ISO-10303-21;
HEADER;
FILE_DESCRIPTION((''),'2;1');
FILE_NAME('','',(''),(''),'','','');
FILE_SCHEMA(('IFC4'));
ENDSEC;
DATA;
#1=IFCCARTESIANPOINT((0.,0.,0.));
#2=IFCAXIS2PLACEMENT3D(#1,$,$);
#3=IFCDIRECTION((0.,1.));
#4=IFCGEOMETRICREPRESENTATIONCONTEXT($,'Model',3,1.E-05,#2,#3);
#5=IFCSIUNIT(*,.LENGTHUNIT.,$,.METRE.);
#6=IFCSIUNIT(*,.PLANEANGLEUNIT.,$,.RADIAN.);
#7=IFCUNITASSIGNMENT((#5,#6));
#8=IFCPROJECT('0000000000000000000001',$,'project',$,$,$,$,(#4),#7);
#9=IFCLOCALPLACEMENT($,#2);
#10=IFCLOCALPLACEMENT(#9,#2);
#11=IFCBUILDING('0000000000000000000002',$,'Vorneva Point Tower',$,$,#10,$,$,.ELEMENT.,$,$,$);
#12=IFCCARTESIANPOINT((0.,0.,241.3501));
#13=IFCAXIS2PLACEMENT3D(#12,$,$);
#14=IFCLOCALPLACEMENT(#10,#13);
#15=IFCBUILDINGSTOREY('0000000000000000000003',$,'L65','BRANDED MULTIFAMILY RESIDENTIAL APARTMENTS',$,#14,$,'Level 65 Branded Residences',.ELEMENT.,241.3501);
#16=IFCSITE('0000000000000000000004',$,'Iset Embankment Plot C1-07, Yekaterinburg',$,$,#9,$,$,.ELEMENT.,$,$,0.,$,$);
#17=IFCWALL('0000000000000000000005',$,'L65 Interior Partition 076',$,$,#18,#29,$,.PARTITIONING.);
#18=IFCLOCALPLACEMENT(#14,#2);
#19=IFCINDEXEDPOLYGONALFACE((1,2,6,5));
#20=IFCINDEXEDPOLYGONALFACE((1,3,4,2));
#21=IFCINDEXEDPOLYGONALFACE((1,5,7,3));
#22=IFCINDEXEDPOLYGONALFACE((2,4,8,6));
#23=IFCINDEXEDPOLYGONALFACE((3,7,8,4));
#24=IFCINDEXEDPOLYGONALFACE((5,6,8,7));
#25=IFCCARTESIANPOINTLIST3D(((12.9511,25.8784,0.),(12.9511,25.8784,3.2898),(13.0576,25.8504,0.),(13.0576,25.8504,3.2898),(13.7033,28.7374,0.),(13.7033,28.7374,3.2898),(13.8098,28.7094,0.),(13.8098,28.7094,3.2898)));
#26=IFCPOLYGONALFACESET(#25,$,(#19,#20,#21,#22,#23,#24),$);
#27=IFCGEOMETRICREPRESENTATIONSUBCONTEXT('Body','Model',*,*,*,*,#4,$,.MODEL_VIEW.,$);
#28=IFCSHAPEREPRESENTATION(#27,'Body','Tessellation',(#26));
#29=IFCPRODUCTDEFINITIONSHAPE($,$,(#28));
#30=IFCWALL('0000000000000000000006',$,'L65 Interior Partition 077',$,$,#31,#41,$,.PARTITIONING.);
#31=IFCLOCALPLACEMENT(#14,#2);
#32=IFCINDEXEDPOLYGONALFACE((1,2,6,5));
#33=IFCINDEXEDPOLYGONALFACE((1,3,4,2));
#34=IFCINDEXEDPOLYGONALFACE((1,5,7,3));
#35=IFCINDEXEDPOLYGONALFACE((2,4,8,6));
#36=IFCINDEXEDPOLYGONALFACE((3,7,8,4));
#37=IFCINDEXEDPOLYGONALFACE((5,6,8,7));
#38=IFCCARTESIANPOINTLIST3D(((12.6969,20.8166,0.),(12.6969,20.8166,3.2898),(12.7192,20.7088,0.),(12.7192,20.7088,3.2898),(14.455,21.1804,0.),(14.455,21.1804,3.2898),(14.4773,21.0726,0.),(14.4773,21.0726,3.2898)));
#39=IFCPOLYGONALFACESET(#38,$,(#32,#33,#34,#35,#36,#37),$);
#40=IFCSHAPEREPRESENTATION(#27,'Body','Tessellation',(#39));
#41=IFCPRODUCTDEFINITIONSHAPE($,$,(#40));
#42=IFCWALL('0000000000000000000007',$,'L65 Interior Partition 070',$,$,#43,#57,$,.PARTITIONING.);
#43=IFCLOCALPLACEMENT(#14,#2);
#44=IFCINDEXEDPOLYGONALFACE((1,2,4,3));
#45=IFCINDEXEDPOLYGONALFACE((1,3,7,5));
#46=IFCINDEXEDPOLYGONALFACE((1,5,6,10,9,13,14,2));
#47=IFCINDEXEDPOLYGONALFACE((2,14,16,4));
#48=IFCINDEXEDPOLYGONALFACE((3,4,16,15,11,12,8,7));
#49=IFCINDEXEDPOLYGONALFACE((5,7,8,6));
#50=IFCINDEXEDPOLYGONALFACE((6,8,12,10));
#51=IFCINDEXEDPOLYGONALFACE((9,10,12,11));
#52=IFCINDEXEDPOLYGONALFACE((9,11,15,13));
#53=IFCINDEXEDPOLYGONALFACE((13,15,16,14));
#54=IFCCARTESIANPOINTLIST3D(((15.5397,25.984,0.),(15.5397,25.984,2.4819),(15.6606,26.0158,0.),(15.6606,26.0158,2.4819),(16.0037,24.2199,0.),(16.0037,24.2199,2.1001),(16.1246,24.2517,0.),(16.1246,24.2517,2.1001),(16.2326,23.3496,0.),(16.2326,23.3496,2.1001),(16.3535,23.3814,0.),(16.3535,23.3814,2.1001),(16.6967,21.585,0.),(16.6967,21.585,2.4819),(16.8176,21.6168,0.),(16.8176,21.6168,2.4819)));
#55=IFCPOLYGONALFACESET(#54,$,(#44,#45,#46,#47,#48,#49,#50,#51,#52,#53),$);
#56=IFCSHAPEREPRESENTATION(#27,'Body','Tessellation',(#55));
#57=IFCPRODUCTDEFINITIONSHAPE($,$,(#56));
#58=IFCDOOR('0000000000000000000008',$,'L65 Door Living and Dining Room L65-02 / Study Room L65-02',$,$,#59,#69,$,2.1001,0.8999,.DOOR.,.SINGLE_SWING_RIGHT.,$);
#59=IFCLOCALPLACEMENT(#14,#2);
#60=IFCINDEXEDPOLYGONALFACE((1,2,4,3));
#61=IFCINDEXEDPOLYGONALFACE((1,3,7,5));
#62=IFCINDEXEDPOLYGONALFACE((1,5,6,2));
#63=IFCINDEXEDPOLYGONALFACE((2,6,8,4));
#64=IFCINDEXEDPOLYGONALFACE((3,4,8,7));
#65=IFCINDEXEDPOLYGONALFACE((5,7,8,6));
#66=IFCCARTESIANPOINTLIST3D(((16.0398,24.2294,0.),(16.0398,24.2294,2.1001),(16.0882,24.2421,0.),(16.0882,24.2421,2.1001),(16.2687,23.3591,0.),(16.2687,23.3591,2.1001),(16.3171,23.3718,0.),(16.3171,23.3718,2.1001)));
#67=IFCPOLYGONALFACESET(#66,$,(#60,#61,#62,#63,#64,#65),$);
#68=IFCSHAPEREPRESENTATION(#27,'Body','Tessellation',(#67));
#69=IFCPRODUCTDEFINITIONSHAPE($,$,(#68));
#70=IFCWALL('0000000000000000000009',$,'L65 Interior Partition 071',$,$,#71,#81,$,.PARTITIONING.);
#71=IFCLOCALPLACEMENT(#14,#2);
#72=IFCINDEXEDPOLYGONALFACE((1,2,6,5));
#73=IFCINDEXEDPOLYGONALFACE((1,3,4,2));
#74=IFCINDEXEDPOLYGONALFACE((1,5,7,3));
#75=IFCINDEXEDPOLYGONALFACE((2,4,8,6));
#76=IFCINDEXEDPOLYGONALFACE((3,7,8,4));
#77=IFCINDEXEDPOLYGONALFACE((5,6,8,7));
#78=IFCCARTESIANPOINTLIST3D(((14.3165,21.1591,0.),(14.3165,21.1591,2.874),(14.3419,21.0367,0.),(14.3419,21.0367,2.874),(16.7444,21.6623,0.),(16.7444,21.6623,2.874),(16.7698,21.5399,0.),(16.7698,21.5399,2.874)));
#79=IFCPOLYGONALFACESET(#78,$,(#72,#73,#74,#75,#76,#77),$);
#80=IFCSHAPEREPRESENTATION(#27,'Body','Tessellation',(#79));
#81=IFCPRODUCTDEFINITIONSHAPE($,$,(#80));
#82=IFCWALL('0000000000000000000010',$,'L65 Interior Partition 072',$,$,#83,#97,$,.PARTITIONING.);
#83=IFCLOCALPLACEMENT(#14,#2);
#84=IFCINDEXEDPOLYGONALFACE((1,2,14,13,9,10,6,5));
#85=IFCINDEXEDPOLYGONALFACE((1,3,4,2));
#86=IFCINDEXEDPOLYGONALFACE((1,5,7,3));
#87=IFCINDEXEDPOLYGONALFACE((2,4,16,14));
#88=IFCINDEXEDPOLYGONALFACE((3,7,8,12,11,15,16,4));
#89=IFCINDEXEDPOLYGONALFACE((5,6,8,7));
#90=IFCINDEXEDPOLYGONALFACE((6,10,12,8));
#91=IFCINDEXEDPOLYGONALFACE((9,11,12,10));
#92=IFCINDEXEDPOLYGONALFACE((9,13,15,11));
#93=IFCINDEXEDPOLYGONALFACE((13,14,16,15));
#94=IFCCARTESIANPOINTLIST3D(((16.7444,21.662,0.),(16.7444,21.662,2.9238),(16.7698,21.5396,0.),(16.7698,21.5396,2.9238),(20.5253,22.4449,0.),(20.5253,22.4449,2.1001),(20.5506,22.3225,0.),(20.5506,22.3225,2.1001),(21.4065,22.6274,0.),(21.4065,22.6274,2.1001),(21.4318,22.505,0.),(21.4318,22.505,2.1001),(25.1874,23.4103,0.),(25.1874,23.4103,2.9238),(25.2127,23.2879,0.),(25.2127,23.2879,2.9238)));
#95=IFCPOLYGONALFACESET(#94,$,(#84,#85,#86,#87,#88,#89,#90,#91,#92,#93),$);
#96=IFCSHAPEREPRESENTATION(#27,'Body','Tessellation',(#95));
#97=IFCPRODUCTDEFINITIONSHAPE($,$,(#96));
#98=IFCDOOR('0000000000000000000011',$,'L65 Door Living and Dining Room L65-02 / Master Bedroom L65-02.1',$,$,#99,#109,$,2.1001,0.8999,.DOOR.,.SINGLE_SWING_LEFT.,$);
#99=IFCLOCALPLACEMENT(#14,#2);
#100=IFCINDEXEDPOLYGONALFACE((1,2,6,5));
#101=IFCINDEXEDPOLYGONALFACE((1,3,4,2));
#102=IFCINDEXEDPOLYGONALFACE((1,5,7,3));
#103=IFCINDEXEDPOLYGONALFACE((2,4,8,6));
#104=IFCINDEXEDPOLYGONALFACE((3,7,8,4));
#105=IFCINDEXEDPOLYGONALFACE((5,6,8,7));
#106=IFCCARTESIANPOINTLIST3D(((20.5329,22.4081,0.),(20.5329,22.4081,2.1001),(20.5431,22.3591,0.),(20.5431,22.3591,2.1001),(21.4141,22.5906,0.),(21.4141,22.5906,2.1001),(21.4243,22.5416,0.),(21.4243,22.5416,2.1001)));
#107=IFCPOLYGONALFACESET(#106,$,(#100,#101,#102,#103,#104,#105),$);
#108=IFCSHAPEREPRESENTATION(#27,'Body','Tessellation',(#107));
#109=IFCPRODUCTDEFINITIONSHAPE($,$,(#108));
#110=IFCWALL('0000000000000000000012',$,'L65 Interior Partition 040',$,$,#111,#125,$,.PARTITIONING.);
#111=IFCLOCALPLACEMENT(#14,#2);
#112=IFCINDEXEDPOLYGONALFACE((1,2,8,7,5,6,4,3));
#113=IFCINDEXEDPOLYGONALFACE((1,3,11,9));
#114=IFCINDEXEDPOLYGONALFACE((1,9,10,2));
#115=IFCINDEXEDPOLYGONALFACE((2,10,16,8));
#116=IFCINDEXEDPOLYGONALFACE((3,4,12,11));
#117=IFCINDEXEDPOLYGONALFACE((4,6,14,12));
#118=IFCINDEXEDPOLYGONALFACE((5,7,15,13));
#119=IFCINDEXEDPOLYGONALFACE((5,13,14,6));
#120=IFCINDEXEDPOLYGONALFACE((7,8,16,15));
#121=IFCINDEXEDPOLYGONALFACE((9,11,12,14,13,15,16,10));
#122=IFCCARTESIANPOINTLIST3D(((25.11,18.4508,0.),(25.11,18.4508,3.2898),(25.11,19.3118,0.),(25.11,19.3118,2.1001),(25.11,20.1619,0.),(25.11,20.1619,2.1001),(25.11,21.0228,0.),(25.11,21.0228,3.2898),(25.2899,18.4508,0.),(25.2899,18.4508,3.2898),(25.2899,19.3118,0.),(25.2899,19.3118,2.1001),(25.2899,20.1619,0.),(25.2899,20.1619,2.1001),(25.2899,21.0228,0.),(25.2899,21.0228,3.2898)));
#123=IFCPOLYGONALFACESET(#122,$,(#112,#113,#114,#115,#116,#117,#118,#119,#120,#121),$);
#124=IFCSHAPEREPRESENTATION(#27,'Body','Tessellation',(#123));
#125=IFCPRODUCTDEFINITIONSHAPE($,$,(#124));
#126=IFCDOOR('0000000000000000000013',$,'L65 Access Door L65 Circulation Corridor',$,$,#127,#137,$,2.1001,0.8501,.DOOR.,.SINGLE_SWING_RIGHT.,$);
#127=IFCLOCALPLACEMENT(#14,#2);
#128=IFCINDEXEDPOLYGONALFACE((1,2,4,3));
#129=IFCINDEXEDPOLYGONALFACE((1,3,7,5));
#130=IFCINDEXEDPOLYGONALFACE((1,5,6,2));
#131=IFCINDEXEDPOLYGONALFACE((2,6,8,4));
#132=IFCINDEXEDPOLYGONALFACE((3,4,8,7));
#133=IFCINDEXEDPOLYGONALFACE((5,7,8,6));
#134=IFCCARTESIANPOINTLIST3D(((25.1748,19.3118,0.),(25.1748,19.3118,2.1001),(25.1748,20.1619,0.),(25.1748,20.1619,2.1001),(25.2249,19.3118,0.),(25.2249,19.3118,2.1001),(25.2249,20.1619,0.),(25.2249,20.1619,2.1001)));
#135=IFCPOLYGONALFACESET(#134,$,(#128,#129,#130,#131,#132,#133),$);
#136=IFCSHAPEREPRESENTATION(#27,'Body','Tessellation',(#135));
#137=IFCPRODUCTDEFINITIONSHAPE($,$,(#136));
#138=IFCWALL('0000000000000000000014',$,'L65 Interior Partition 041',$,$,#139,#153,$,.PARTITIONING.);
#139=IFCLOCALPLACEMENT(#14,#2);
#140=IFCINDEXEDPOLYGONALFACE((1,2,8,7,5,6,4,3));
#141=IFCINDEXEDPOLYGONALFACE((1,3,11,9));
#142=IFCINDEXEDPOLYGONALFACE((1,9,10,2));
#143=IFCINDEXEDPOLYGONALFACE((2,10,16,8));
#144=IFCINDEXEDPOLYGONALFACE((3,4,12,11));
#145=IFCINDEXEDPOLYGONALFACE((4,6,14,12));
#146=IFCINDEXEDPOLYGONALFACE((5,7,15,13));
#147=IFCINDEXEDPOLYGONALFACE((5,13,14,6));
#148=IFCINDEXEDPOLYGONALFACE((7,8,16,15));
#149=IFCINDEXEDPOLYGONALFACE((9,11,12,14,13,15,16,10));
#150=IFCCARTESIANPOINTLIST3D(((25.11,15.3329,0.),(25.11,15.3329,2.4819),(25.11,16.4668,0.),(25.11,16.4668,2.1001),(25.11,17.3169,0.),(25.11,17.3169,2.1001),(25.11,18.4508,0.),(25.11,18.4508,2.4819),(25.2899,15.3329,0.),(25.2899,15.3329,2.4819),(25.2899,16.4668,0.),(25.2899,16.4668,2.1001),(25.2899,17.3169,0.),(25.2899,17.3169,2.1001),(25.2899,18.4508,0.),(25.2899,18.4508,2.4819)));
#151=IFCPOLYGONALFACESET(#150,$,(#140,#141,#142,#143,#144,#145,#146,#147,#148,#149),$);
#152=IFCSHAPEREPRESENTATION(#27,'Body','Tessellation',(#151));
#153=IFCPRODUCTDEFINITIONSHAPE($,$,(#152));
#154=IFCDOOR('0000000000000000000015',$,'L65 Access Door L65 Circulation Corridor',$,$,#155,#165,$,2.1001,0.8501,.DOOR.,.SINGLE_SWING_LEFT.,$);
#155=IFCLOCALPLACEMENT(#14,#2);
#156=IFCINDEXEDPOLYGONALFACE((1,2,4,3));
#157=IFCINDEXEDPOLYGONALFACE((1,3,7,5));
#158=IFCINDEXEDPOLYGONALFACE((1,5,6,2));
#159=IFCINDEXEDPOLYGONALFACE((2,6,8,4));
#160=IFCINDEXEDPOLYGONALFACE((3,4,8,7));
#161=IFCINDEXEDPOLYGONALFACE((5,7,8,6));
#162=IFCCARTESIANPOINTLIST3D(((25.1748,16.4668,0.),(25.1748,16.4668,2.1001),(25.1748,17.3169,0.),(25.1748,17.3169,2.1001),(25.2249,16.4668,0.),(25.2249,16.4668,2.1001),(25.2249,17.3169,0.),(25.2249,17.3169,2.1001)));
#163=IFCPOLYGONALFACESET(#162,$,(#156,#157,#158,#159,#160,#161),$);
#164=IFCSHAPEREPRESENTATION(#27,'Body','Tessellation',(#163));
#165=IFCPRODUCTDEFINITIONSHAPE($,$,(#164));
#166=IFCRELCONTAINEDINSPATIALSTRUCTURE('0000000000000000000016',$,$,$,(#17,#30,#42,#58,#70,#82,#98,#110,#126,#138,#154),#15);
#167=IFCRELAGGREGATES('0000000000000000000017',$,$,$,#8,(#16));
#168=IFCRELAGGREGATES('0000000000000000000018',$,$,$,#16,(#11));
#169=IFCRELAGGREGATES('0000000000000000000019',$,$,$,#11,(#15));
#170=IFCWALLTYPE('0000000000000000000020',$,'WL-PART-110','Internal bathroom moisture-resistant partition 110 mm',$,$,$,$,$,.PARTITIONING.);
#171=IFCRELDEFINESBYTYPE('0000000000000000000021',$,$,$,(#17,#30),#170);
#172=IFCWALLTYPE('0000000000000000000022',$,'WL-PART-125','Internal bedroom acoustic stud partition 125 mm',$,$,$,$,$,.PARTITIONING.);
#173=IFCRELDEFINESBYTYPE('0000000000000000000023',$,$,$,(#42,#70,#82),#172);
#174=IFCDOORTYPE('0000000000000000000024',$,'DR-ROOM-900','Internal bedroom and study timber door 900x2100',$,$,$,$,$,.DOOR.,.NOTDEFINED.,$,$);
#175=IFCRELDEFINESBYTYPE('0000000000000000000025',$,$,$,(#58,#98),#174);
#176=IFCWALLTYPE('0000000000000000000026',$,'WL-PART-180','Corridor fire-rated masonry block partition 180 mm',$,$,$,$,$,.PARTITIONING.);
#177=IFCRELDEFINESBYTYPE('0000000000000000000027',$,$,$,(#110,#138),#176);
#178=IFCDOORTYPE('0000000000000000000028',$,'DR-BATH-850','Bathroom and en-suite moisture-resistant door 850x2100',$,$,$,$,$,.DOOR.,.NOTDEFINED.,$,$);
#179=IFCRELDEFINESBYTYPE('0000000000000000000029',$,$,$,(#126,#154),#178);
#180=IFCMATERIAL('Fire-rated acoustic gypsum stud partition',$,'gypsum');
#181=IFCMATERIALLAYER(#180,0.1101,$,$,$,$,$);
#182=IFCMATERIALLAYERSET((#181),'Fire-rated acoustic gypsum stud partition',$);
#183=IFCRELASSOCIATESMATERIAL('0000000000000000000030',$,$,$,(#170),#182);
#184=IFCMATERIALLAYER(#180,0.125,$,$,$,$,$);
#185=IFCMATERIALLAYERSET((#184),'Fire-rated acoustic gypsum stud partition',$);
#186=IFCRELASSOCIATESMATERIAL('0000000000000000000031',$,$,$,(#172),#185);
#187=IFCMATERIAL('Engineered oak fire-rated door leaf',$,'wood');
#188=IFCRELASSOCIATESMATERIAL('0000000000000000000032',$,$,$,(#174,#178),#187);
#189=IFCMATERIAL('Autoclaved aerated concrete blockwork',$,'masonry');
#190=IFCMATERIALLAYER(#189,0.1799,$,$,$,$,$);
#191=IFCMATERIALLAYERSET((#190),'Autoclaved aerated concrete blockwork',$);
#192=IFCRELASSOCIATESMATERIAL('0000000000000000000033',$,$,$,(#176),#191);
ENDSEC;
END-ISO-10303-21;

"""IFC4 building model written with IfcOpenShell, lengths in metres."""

from ifc_helpers import new_model, si_unit, direction, frame, frame_2d, origin, place, context, subcontext, project, spatial, rectangle, extrude, material, layer, layer_set, type_object, element, fill, save


model = new_model("IFC4")

# Units and contexts
model_context = context("Model", 3, precision=1e-05, world=origin(), true_north=direction((0.0, 1.0)))
body_context = subcontext(model_context, "Body", "Model", "MODEL_VIEW")
ifc_project = project(units=[si_unit("LENGTHUNIT", "METRE"), si_unit("PLANEANGLEUNIT", "RADIAN")], contexts=[model_context])

# Site, building, storey
site_placement = place(None, origin())
site = spatial("IfcSite", under=ifc_project, at=site_placement, Name="Iset Embankment Plot C1-07, Yekaterinburg", CompositionType="ELEMENT", RefElevation=0.0)
building_placement = place(site_placement, origin())
building = spatial("IfcBuilding", under=site, at=building_placement, Name="Vorneva Point Tower", CompositionType="ELEMENT")
storey_placement = place(building_placement, frame((0.0, 0.0, 241.3501)))
storey = spatial("IfcBuildingStorey", under=building, at=storey_placement, Name="L65", Description="BRANDED MULTIFAMILY RESIDENTIAL APARTMENTS", LongName="Level 65 Branded Residences", CompositionType="ELEMENT", Elevation=241.3501)

# Walls
ifc_material_1 = material(Name="Fire-rated acoustic gypsum stud partition", Category="gypsum")
ifc_layer_1 = layer(ifc_material_1, 0.1101)
ifc_layer_set_1 = layer_set([ifc_layer_1], Name="Fire-rated acoustic gypsum stud partition")
wall_type_1 = type_object("IfcWallType", Name="WL-PART-110", Description="Internal bathroom moisture-resistant partition 110 mm", PredefinedType="PARTITIONING", material=ifc_layer_set_1)
wall_1_placement = place(storey_placement, frame((13.0044, 25.8645, 0.0), z_axis=(0.0, 0.0, 1.0), x_axis=(0.254449, 0.967086, 0.0)))
element("IfcWall", 1, at=wall_1_placement, inside=storey, type_object=wall_type_1, Name="L65 Interior Partition 076", PredefinedType="PARTITIONING", context=body_context, shape_type="SweptSolid", body=[
    extrude(rectangle(XDim=2.9563, YDim=0.1101, at=frame_2d((1.478, 0.0))), origin(), (0.0, 0.0, 1.0), 3.2898),
])
wall_2_placement = place(storey_placement, frame((12.708, 20.7627, 0.0), z_axis=(0.0, 0.0, 1.0), x_axis=(0.979257, 0.202624, 0.0)))
element("IfcWall", 2, at=wall_2_placement, inside=storey, type_object=wall_type_1, Name="L65 Interior Partition 077", PredefinedType="PARTITIONING", context=body_context, shape_type="SweptSolid", body=[
    extrude(rectangle(XDim=1.7954, YDim=0.1101, at=frame_2d((0.8977, 0.0))), origin(), (0.0, 0.0, 1.0), 3.2898),
])

# Wall, opening, door
ifc_layer_2 = layer(ifc_material_1, 0.125)
ifc_layer_set_2 = layer_set([ifc_layer_2], Name="Fire-rated acoustic gypsum stud partition")
wall_type_2 = type_object("IfcWallType", Name="WL-PART-125", Description="Internal bedroom acoustic stud partition 125 mm", PredefinedType="PARTITIONING", material=ifc_layer_set_2)
wall_3_placement = place(storey_placement, frame((15.6001, 26.0, 0.0), z_axis=(0.0, 0.0, 1.0), x_axis=(0.254364, -0.967109, 0.0)))
wall_3 = element("IfcWall", 3, at=wall_3_placement, inside=storey, type_object=wall_type_2, Name="L65 Interior Partition 070", PredefinedType="PARTITIONING", context=body_context, shape_type="SweptSolid", body=[
    extrude(rectangle(XDim=4.5486, YDim=0.125, at=frame_2d((2.2744, 0.0))), origin(), (0.0, 0.0, 1.0), 2.4819),
])
opening_1_placement = place(wall_3_placement, frame((1.8242, 0.0, 0.0)))
opening_1 = element("IfcOpeningElement", 4, at=opening_1_placement, cuts=wall_3, PredefinedType="OPENING", context=body_context, shape_type="SweptSolid", body=[
    extrude(rectangle(XDim=0.8999, YDim=2.1001, at=frame_2d((0.45, 1.05))), frame((0.0, 0.0774, 0.0), z_axis=(0.0, -1.0, 0.0), x_axis=(1.0, 0.0, 0.0)), (0.0, 0.0, 1.0), 0.1548),
])
ifc_material_2 = material(Name="Engineered oak fire-rated door leaf", Category="wood")
door_type_1 = type_object("IfcDoorType", Name="DR-ROOM-900", Description="Internal bedroom and study timber door 900x2100", OperationType="NOTDEFINED", PredefinedType="DOOR", material=ifc_material_2)
door_1_placement = place(opening_1_placement, origin())
door_1 = element("IfcDoor", 5, at=door_1_placement, inside=storey, type_object=door_type_1, Name="L65 Door Living and Dining Room L65-02 / Study Room L65-02", OperationType="SINGLE_SWING_RIGHT", OverallHeight=2.1001, OverallWidth=0.8999, PredefinedType="DOOR", context=body_context, shape_type="SweptSolid", body=[
    extrude(rectangle(XDim=0.8999, YDim=2.1001, at=frame_2d((0.45, 1.05))), frame((0.0, 0.0249, 0.0), z_axis=(0.0, -1.0, 0.0), x_axis=(1.0, 0.0, 0.0)), (0.0, 0.0, 1.0), 0.05),
])
fill(opening_1, door_1)

# Wall
wall_4_placement = place(storey_placement, frame((16.7571, 21.6011, 0.0), z_axis=(0.0, 0.0, 1.0), x_axis=(-0.979194, -0.202928, 0.0)))
element("IfcWall", 6, at=wall_4_placement, inside=storey, type_object=wall_type_2, Name="L65 Interior Partition 071", PredefinedType="PARTITIONING", context=body_context, shape_type="SweptSolid", body=[
    extrude(rectangle(XDim=2.4795, YDim=0.125, at=frame_2d((1.2397, 0.0))), origin(), (0.0, 0.0, 1.0), 2.874),
])

# Walls, openings, doors
wall_5_placement = place(storey_placement, frame((16.7571, 21.6008, 0.0), z_axis=(0.0, 0.0, 1.0), x_axis=(0.979226, 0.202771, 0.0)))
wall_5 = element("IfcWall", 7, at=wall_5_placement, inside=storey, type_object=wall_type_2, Name="L65 Interior Partition 072", PredefinedType="PARTITIONING", context=body_context, shape_type="SweptSolid", body=[
    extrude(rectangle(XDim=8.6221, YDim=0.125, at=frame_2d((4.311, 0.0))), origin(), (0.0, 0.0, 1.0), 2.9238),
])
opening_2_placement = place(wall_5_placement, frame((3.8611, 0.0, 0.0)))
opening_2 = element("IfcOpeningElement", 8, at=opening_2_placement, cuts=wall_5, PredefinedType="OPENING", context=body_context, shape_type="SweptSolid", body=[
    extrude(rectangle(XDim=0.8999, YDim=2.1001, at=frame_2d((0.45, 1.05))), frame((0.0, 0.0774, 0.0), z_axis=(0.0, -1.0, 0.0), x_axis=(1.0, 0.0, 0.0)), (0.0, 0.0, 1.0), 0.1548),
])
door_2_placement = place(opening_2_placement, origin())
door_2 = element("IfcDoor", 9, at=door_2_placement, inside=storey, type_object=door_type_1, Name="L65 Door Living and Dining Room L65-02 / Master Bedroom L65-02.1", OperationType="SINGLE_SWING_LEFT", OverallHeight=2.1001, OverallWidth=0.8999, PredefinedType="DOOR", context=body_context, shape_type="SweptSolid", body=[
    extrude(rectangle(XDim=0.8999, YDim=2.1001, at=frame_2d((0.45, 1.05))), frame((0.0, 0.0249, 0.0), z_axis=(0.0, -1.0, 0.0), x_axis=(1.0, 0.0, 0.0)), (0.0, 0.0, 1.0), 0.05),
])
fill(opening_2, door_2)
ifc_material_3 = material(Name="Autoclaved aerated concrete blockwork", Category="masonry")
ifc_layer_3 = layer(ifc_material_3, 0.1799)
ifc_layer_set_3 = layer_set([ifc_layer_3], Name="Autoclaved aerated concrete blockwork")
wall_type_3 = type_object("IfcWallType", Name="WL-PART-180", Description="Corridor fire-rated masonry block partition 180 mm", PredefinedType="PARTITIONING", material=ifc_layer_set_3)
wall_6_placement = place(storey_placement, frame((25.2, 21.0229, 0.0), z_axis=(0.0, 0.0, 1.0), x_axis=(0.0, -1.0, 0.0)))
wall_6 = element("IfcWall", 10, at=wall_6_placement, inside=storey, type_object=wall_type_3, Name="L65 Interior Partition 040", PredefinedType="PARTITIONING", context=body_context, shape_type="SweptSolid", body=[
    extrude(rectangle(XDim=2.572, YDim=0.1799, at=frame_2d((1.2861, 0.0))), origin(), (0.0, 0.0, 1.0), 3.2898),
])
opening_3_placement = place(wall_6_placement, frame((0.8611, 0.0, 0.0)))
opening_3 = element("IfcOpeningElement", 11, at=opening_3_placement, cuts=wall_6, PredefinedType="OPENING", context=body_context, shape_type="SweptSolid", body=[
    extrude(rectangle(XDim=0.8501, YDim=2.1001, at=frame_2d((0.425, 1.05))), frame((0.0, 0.105, 0.0), z_axis=(0.0, -1.0, 0.0), x_axis=(1.0, 0.0, 0.0)), (0.0, 0.0, 1.0), 0.2097),
])
door_type_2 = type_object("IfcDoorType", Name="DR-BATH-850", Description="Bathroom and en-suite moisture-resistant door 850x2100", OperationType="NOTDEFINED", PredefinedType="DOOR", material=ifc_material_2)
door_3_placement = place(opening_3_placement, origin())
door_3 = element("IfcDoor", 12, at=door_3_placement, inside=storey, type_object=door_type_2, Name="L65 Access Door L65 Circulation Corridor", OperationType="SINGLE_SWING_RIGHT", OverallHeight=2.1001, OverallWidth=0.8501, PredefinedType="DOOR", context=body_context, shape_type="SweptSolid", body=[
    extrude(rectangle(XDim=0.8501, YDim=2.1001, at=frame_2d((0.425, 1.05))), frame((0.0, 0.0249, 0.0), z_axis=(0.0, -1.0, 0.0), x_axis=(1.0, 0.0, 0.0)), (0.0, 0.0, 1.0), 0.05),
])
fill(opening_3, door_3)
wall_7_placement = place(storey_placement, frame((25.2, 18.4509, 0.0), z_axis=(0.0, 0.0, 1.0), x_axis=(0.0, -1.0, 0.0)))
wall_7 = element("IfcWall", 13, at=wall_7_placement, inside=storey, type_object=wall_type_3, Name="L65 Interior Partition 041", PredefinedType="PARTITIONING", context=body_context, shape_type="SweptSolid", body=[
    extrude(rectangle(XDim=3.1179, YDim=0.1799, at=frame_2d((1.5591, 0.0))), origin(), (0.0, 0.0, 1.0), 2.4819),
])
opening_4_placement = place(wall_7_placement, frame((1.134, 0.0, 0.0)))
opening_4 = element("IfcOpeningElement", 14, at=opening_4_placement, cuts=wall_7, PredefinedType="OPENING", context=body_context, shape_type="SweptSolid", body=[
    extrude(rectangle(XDim=0.8501, YDim=2.1001, at=frame_2d((0.425, 1.05))), frame((0.0, 0.105, 0.0), z_axis=(0.0, -1.0, 0.0), x_axis=(1.0, 0.0, 0.0)), (0.0, 0.0, 1.0), 0.2097),
])
door_4_placement = place(opening_4_placement, origin())
door_4 = element("IfcDoor", 15, at=door_4_placement, inside=storey, type_object=door_type_2, Name="L65 Access Door L65 Circulation Corridor", OperationType="SINGLE_SWING_LEFT", OverallHeight=2.1001, OverallWidth=0.8501, PredefinedType="DOOR", context=body_context, shape_type="SweptSolid", body=[
    extrude(rectangle(XDim=0.8501, YDim=2.1001, at=frame_2d((0.425, 1.05))), frame((0.0, 0.0249, 0.0), z_axis=(0.0, -1.0, 0.0), x_axis=(1.0, 0.0, 0.0)), (0.0, 0.0, 1.0), 0.05),
])
fill(opening_4, door_4)

save(model, "model.ifc")
